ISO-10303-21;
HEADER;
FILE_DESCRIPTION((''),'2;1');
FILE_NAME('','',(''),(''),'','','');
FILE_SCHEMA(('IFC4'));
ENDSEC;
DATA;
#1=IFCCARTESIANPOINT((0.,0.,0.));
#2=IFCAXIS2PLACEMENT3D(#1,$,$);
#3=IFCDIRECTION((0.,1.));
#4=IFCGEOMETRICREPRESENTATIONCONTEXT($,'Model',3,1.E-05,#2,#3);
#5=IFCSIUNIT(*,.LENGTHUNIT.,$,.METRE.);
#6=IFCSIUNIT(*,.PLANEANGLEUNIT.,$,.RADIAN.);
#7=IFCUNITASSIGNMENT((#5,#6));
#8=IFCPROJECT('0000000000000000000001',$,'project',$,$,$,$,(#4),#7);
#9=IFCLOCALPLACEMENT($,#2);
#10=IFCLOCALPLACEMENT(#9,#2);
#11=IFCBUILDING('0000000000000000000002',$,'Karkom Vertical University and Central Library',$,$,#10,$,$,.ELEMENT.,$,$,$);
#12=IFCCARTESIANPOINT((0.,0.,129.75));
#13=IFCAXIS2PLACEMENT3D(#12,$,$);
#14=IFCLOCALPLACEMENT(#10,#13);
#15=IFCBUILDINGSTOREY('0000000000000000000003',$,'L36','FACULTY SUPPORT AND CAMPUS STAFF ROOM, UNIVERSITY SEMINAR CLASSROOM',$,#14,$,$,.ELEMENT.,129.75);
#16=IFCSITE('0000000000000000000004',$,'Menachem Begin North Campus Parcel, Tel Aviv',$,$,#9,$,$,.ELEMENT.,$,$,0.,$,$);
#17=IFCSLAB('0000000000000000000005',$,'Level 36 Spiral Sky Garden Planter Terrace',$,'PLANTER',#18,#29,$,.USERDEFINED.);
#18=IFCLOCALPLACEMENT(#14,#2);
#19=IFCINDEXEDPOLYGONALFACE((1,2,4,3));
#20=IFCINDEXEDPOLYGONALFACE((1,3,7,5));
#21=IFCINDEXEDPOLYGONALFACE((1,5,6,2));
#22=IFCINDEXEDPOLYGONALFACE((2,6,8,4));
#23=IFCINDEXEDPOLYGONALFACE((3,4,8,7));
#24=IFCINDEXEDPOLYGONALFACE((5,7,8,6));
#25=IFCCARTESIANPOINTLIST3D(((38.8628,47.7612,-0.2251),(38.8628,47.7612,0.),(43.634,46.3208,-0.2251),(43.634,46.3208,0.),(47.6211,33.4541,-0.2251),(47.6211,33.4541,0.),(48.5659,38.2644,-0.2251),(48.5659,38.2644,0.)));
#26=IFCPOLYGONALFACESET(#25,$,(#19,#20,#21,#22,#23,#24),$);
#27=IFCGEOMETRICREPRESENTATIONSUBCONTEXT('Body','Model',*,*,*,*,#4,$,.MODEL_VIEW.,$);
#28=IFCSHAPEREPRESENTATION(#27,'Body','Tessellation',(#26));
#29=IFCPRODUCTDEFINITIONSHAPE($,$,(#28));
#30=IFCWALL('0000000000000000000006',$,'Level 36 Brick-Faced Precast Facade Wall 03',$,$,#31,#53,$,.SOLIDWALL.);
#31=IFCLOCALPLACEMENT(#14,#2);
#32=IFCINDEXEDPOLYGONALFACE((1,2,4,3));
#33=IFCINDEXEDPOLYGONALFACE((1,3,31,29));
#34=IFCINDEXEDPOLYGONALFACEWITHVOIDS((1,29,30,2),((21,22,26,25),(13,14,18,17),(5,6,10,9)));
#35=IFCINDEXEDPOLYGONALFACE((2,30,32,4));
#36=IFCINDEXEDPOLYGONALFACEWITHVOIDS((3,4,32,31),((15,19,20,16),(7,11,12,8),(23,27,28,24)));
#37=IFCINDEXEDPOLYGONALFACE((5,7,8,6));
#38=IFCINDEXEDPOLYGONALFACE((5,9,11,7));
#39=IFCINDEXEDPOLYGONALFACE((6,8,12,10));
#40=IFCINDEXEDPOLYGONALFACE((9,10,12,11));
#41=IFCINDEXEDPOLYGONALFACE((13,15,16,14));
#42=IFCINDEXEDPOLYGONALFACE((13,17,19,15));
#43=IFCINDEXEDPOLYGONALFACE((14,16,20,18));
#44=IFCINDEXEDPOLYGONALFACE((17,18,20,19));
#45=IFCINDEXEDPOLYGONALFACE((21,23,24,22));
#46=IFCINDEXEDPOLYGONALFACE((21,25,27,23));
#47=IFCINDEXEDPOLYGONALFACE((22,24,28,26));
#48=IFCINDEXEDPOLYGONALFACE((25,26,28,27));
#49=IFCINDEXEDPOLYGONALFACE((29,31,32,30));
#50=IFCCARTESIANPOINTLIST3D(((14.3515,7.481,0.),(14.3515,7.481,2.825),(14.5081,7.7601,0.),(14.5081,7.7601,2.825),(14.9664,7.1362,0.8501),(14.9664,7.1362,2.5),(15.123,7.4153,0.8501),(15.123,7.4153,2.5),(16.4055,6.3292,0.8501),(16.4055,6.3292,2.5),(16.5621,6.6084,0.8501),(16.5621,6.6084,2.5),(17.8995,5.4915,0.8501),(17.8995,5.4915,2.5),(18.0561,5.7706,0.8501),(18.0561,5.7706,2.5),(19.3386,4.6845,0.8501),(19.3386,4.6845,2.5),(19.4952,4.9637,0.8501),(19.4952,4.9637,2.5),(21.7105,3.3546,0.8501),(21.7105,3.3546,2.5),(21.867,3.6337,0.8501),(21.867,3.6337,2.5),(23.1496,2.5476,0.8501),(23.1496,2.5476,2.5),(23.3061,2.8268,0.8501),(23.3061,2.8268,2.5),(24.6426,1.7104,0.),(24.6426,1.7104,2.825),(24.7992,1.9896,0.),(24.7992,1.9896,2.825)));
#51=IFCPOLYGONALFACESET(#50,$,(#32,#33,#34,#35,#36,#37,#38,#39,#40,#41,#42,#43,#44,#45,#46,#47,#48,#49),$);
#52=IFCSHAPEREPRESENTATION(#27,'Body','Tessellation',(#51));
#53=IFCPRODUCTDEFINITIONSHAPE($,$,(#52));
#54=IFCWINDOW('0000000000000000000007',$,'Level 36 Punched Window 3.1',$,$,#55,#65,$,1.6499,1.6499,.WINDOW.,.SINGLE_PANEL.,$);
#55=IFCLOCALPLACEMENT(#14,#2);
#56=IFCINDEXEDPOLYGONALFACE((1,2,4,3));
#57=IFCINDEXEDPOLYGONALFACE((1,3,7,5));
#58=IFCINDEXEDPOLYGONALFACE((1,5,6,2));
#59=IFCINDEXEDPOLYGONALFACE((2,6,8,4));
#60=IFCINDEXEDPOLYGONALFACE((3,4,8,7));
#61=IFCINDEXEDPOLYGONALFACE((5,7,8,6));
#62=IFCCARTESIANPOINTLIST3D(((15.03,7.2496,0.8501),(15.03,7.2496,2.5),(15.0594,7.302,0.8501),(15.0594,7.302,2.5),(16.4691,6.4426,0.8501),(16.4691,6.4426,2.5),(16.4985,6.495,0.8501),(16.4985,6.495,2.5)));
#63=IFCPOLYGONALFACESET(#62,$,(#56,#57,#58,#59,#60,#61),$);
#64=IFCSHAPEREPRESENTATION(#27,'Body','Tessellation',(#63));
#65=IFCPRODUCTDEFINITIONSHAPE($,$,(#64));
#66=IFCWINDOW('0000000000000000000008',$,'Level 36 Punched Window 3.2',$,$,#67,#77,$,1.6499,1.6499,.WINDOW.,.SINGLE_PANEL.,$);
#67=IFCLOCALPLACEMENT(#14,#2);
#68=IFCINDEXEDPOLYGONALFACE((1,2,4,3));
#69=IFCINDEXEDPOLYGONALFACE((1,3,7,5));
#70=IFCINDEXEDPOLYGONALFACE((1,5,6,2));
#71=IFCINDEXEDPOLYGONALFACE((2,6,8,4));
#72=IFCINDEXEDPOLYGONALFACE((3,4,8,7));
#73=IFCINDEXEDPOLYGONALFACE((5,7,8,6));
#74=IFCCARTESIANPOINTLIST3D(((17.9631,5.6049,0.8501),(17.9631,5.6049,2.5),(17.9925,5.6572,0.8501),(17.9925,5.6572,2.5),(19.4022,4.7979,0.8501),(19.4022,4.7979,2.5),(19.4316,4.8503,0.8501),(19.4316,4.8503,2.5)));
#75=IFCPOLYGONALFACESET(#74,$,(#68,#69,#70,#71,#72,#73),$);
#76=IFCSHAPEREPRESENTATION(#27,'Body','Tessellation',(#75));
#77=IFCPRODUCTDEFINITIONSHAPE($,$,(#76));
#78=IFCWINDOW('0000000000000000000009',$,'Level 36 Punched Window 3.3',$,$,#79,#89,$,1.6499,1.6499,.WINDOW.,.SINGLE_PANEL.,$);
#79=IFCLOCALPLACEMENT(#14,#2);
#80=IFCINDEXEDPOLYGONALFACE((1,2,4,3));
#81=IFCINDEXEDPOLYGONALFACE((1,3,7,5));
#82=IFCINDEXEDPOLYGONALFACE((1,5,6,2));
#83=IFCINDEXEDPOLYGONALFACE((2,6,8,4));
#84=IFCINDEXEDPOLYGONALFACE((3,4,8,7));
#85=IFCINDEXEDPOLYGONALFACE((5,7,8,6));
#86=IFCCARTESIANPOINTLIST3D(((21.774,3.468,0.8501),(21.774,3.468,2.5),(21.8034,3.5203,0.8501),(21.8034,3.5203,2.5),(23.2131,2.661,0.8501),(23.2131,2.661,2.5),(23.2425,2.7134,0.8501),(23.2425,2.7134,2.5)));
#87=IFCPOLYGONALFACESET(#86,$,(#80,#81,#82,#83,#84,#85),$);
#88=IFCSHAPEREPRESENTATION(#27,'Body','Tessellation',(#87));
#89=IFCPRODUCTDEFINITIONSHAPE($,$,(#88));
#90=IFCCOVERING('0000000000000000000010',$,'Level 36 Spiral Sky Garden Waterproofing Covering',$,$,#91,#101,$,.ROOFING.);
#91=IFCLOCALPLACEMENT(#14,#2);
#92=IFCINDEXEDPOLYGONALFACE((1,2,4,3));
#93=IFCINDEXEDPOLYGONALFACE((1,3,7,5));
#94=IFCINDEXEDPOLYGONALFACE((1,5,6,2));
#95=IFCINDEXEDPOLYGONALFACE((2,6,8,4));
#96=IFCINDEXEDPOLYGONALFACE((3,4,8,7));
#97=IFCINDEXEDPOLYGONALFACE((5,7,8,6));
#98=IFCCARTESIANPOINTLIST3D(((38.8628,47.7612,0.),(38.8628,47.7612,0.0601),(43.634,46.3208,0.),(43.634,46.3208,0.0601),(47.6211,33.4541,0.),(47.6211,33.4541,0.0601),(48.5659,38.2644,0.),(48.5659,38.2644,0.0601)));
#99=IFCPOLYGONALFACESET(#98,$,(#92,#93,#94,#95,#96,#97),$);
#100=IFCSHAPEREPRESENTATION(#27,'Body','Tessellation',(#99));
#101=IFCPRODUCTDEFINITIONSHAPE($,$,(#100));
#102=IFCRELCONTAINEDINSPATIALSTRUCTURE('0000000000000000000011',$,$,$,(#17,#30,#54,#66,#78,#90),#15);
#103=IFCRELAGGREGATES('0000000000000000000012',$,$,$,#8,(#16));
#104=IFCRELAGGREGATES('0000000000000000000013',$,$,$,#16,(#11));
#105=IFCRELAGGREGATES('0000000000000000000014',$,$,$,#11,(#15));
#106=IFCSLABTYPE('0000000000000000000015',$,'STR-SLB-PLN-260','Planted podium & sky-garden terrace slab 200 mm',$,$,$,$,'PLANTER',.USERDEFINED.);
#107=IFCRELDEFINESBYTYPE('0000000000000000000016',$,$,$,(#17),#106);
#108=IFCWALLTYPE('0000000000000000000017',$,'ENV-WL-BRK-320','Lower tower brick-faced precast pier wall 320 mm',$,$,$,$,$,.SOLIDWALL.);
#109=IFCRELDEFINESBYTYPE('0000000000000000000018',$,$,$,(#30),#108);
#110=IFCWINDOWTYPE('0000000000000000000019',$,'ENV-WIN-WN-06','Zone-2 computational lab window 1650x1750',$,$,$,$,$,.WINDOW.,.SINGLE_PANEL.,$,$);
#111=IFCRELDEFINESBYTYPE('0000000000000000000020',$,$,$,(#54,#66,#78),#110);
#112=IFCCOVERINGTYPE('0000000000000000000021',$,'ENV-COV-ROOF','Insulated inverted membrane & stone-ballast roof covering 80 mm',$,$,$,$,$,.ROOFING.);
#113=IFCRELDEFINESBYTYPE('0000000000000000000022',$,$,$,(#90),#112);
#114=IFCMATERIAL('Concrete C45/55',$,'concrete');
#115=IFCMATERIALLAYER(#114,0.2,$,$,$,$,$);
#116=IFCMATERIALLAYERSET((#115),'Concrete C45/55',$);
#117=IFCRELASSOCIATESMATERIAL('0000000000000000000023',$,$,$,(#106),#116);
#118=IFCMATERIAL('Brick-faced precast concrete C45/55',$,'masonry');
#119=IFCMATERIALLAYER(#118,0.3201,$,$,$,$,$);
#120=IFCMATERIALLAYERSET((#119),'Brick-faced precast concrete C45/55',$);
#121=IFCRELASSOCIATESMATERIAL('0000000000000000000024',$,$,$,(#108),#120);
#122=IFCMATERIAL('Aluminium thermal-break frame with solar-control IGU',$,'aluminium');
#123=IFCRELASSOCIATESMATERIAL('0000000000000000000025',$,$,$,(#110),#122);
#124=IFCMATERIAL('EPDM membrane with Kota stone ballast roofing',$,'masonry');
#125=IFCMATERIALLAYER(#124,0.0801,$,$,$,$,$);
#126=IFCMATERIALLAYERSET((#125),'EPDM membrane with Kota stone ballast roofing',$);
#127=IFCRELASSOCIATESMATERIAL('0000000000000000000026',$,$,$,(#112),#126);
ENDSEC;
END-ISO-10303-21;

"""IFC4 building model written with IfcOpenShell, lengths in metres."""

from ifc_helpers import new_model, si_unit, direction, frame, frame_2d, origin, origin_with_axes, place, context, subcontext, project, spatial, polyline, rectangle, outline, extrude, source, transform, mapped, material, layer, layer_set, type_object, element, fill, save


model = new_model("IFC4")

# Units and contexts
model_context = context("Model", 3, precision=1e-05, world=origin(), true_north=direction((0.0, 1.0)))
body_context = subcontext(model_context, "Body", "Model", "MODEL_VIEW")
ifc_project = project(units=[si_unit("LENGTHUNIT", "METRE"), si_unit("PLANEANGLEUNIT", "RADIAN")], contexts=[model_context])

# Site, building, storey
site_placement = place(None, origin())
site = spatial("IfcSite", under=ifc_project, at=site_placement, Name="Menachem Begin North Campus Parcel, Tel Aviv", CompositionType="ELEMENT", RefElevation=0.0)
building_placement = place(site_placement, origin())
building = spatial("IfcBuilding", under=site, at=building_placement, Name="Karkom Vertical University and Central Library", CompositionType="ELEMENT")
storey_placement = place(building_placement, frame((0.0, 0.0, 129.75)))
storey = spatial("IfcBuildingStorey", under=building, at=storey_placement, Name="L36", Description="FACULTY SUPPORT AND CAMPUS STAFF ROOM, UNIVERSITY SEMINAR CLASSROOM", CompositionType="ELEMENT", Elevation=129.75)

# Shared definitions
ifc_material_1 = material(Name="Concrete C45/55", Category="concrete")

# Slab
ifc_layer_1 = layer(ifc_material_1, 0.2)
ifc_layer_set_1 = layer_set([ifc_layer_1], Name="Concrete C45/55")
slab_type_1 = type_object("IfcSlabType", Name="STR-SLB-PLN-260", Description="Planted podium & sky-garden terrace slab 200 mm", ElementType="PLANTER", PredefinedType="USERDEFINED", material=ifc_layer_set_1)
slab_1_placement = place(storey_placement, frame((0.0, 0.0, -0.2251)))
element("IfcSlab", 1, at=slab_1_placement, inside=storey, type_object=slab_type_1, Name="Level 36 Spiral Sky Garden Planter Terrace", ObjectType="PLANTER", PredefinedType="USERDEFINED", context=body_context, shape_type="SweptSolid", body=[
    extrude(outline(polyline([(43.634, 46.3208), (48.5659, 38.2644), (47.6211, 33.4541), (38.8628, 47.7612), (43.634, 46.3208)])), origin(), (0.0, 0.0, 1.0), 0.2251),
])

# Wall, openings, windows
ifc_material_2 = material(Name="Brick-faced precast concrete C45/55", Category="masonry")
ifc_layer_2 = layer(ifc_material_2, 0.3201)
ifc_layer_set_2 = layer_set([ifc_layer_2], Name="Brick-faced precast concrete C45/55")
wall_type = type_object("IfcWallType", Name="ENV-WL-BRK-320", Description="Lower tower brick-faced precast pier wall 320 mm", PredefinedType="SOLIDWALL", material=ifc_layer_set_2)
wall_placement = place(storey_placement, frame((14.4297, 7.6206, 0.0), z_axis=(0.0, 0.0, 1.0), x_axis=(0.872233, -0.48909, 0.0)))
wall = element("IfcWall", 2, at=wall_placement, inside=storey, type_object=wall_type, Name="Level 36 Brick-Faced Precast Facade Wall 03", PredefinedType="SOLIDWALL", context=body_context, shape_type="SweptSolid", body=[
    extrude(rectangle(XDim=11.7986, YDim=0.3201, at=frame_2d((5.8994, 0.0))), origin(), (0.0, 0.0, 1.0), 2.825),
])
opening_1_placement = place(wall_placement, frame((0.7051, 0.0, 0.8501)))
opening_1 = element("IfcOpeningElement", 3, at=opening_1_placement, cuts=wall, PredefinedType="OPENING", context=body_context, shape_type="SweptSolid", body=[
    extrude(rectangle(XDim=1.6499, YDim=1.6499, at=frame_2d((0.825, 0.825))), frame((0.0, 0.1699, 0.0), z_axis=(0.0, -1.0, 0.0), x_axis=(1.0, 0.0, 0.0)), (0.0, 0.0, 1.0), 0.3401),
])
opening_2_placement = place(wall_placement, frame((4.0679, 0.0, 0.8501)))
opening_2 = element("IfcOpeningElement", 4, at=opening_2_placement, cuts=wall, PredefinedType="OPENING", context=body_context, shape_type="SweptSolid", body=[
    extrude(rectangle(XDim=1.6499, YDim=1.6499, at=frame_2d((0.825, 0.825))), frame((0.0, 0.1699, 0.0), z_axis=(0.0, -1.0, 0.0), x_axis=(1.0, 0.0, 0.0)), (0.0, 0.0, 1.0), 0.3401),
])
opening_3_placement = place(wall_placement, frame((8.437, 0.0, 0.8501)))
opening_3 = element("IfcOpeningElement", 5, at=opening_3_placement, cuts=wall, PredefinedType="OPENING", context=body_context, shape_type="SweptSolid", body=[
    extrude(rectangle(XDim=1.6499, YDim=1.6499, at=frame_2d((0.825, 0.825))), frame((0.0, 0.1699, 0.0), z_axis=(0.0, -1.0, 0.0), x_axis=(1.0, 0.0, 0.0)), (0.0, 0.0, 1.0), 0.3401),
])
ifc_material_3 = material(Name="Aluminium thermal-break frame with solar-control IGU", Category="aluminium")
window_type = type_object("IfcWindowType", Name="ENV-WIN-WN-06", Description="Zone-2 computational lab window 1650x1750", PartitioningType="SINGLE_PANEL", PredefinedType="WINDOW", material=ifc_material_3)
shared_shape_1 = source(origin_with_axes(), body_context, "Body", "SweptSolid", [
    extrude(rectangle(XDim=1.6499, YDim=1.6499, at=frame_2d((0.825, 0.825))), frame((0.0, 0.03, 0.0), z_axis=(0.0, -1.0, 0.0), x_axis=(1.0, 0.0, 0.0)), (0.0, 0.0, 1.0), 0.0601),
])
window_1_placement = place(opening_1_placement, origin())
window_1 = element("IfcWindow", 6, at=window_1_placement, inside=storey, type_object=window_type, Name="Level 36 Punched Window 3.1", OverallHeight=1.6499, OverallWidth=1.6499, PartitioningType="SINGLE_PANEL", PredefinedType="WINDOW", context=body_context, shape_type="MappedRepresentation", body=[
    mapped(shared_shape_1, transform((0.0, 0.0, 0.0), scale=1.0)),
])
fill(opening_1, window_1)
window_2_placement = place(opening_2_placement, origin())
window_2 = element("IfcWindow", 7, at=window_2_placement, inside=storey, type_object=window_type, Name="Level 36 Punched Window 3.2", OverallHeight=1.6499, OverallWidth=1.6499, PartitioningType="SINGLE_PANEL", PredefinedType="WINDOW", context=body_context, shape_type="MappedRepresentation", body=[
    mapped(shared_shape_1, transform((0.0, 0.0, 0.0), scale=1.0)),
])
fill(opening_2, window_2)
window_3_placement = place(opening_3_placement, origin())
window_3 = element("IfcWindow", 8, at=window_3_placement, inside=storey, type_object=window_type, Name="Level 36 Punched Window 3.3", OverallHeight=1.6499, OverallWidth=1.6499, PartitioningType="SINGLE_PANEL", PredefinedType="WINDOW", context=body_context, shape_type="MappedRepresentation", body=[
    mapped(shared_shape_1, transform((0.0, 0.0, 0.0), scale=1.0)),
])
fill(opening_3, window_3)

# Covering
ifc_material_4 = material(Name="EPDM membrane with Kota stone ballast roofing", Category="masonry")
ifc_layer_3 = layer(ifc_material_4, 0.0801)
ifc_layer_set_3 = layer_set([ifc_layer_3], Name="EPDM membrane with Kota stone ballast roofing")
covering_type = type_object("IfcCoveringType", Name="ENV-COV-ROOF", Description="Insulated inverted membrane & stone-ballast roof covering 80 mm", PredefinedType="ROOFING", material=ifc_layer_set_3)
covering_placement = place(storey_placement, origin())
element("IfcCovering", 9, at=covering_placement, inside=storey, type_object=covering_type, Name="Level 36 Spiral Sky Garden Waterproofing Covering", PredefinedType="ROOFING", context=body_context, shape_type="SweptSolid", body=[
    extrude(outline(polyline([(43.634, 46.3208), (48.5659, 38.2644), (47.6211, 33.4541), (38.8628, 47.7612), (43.634, 46.3208)])), origin(), (0.0, 0.0, 1.0), 0.0601),
])

save(model, "model.ifc")
